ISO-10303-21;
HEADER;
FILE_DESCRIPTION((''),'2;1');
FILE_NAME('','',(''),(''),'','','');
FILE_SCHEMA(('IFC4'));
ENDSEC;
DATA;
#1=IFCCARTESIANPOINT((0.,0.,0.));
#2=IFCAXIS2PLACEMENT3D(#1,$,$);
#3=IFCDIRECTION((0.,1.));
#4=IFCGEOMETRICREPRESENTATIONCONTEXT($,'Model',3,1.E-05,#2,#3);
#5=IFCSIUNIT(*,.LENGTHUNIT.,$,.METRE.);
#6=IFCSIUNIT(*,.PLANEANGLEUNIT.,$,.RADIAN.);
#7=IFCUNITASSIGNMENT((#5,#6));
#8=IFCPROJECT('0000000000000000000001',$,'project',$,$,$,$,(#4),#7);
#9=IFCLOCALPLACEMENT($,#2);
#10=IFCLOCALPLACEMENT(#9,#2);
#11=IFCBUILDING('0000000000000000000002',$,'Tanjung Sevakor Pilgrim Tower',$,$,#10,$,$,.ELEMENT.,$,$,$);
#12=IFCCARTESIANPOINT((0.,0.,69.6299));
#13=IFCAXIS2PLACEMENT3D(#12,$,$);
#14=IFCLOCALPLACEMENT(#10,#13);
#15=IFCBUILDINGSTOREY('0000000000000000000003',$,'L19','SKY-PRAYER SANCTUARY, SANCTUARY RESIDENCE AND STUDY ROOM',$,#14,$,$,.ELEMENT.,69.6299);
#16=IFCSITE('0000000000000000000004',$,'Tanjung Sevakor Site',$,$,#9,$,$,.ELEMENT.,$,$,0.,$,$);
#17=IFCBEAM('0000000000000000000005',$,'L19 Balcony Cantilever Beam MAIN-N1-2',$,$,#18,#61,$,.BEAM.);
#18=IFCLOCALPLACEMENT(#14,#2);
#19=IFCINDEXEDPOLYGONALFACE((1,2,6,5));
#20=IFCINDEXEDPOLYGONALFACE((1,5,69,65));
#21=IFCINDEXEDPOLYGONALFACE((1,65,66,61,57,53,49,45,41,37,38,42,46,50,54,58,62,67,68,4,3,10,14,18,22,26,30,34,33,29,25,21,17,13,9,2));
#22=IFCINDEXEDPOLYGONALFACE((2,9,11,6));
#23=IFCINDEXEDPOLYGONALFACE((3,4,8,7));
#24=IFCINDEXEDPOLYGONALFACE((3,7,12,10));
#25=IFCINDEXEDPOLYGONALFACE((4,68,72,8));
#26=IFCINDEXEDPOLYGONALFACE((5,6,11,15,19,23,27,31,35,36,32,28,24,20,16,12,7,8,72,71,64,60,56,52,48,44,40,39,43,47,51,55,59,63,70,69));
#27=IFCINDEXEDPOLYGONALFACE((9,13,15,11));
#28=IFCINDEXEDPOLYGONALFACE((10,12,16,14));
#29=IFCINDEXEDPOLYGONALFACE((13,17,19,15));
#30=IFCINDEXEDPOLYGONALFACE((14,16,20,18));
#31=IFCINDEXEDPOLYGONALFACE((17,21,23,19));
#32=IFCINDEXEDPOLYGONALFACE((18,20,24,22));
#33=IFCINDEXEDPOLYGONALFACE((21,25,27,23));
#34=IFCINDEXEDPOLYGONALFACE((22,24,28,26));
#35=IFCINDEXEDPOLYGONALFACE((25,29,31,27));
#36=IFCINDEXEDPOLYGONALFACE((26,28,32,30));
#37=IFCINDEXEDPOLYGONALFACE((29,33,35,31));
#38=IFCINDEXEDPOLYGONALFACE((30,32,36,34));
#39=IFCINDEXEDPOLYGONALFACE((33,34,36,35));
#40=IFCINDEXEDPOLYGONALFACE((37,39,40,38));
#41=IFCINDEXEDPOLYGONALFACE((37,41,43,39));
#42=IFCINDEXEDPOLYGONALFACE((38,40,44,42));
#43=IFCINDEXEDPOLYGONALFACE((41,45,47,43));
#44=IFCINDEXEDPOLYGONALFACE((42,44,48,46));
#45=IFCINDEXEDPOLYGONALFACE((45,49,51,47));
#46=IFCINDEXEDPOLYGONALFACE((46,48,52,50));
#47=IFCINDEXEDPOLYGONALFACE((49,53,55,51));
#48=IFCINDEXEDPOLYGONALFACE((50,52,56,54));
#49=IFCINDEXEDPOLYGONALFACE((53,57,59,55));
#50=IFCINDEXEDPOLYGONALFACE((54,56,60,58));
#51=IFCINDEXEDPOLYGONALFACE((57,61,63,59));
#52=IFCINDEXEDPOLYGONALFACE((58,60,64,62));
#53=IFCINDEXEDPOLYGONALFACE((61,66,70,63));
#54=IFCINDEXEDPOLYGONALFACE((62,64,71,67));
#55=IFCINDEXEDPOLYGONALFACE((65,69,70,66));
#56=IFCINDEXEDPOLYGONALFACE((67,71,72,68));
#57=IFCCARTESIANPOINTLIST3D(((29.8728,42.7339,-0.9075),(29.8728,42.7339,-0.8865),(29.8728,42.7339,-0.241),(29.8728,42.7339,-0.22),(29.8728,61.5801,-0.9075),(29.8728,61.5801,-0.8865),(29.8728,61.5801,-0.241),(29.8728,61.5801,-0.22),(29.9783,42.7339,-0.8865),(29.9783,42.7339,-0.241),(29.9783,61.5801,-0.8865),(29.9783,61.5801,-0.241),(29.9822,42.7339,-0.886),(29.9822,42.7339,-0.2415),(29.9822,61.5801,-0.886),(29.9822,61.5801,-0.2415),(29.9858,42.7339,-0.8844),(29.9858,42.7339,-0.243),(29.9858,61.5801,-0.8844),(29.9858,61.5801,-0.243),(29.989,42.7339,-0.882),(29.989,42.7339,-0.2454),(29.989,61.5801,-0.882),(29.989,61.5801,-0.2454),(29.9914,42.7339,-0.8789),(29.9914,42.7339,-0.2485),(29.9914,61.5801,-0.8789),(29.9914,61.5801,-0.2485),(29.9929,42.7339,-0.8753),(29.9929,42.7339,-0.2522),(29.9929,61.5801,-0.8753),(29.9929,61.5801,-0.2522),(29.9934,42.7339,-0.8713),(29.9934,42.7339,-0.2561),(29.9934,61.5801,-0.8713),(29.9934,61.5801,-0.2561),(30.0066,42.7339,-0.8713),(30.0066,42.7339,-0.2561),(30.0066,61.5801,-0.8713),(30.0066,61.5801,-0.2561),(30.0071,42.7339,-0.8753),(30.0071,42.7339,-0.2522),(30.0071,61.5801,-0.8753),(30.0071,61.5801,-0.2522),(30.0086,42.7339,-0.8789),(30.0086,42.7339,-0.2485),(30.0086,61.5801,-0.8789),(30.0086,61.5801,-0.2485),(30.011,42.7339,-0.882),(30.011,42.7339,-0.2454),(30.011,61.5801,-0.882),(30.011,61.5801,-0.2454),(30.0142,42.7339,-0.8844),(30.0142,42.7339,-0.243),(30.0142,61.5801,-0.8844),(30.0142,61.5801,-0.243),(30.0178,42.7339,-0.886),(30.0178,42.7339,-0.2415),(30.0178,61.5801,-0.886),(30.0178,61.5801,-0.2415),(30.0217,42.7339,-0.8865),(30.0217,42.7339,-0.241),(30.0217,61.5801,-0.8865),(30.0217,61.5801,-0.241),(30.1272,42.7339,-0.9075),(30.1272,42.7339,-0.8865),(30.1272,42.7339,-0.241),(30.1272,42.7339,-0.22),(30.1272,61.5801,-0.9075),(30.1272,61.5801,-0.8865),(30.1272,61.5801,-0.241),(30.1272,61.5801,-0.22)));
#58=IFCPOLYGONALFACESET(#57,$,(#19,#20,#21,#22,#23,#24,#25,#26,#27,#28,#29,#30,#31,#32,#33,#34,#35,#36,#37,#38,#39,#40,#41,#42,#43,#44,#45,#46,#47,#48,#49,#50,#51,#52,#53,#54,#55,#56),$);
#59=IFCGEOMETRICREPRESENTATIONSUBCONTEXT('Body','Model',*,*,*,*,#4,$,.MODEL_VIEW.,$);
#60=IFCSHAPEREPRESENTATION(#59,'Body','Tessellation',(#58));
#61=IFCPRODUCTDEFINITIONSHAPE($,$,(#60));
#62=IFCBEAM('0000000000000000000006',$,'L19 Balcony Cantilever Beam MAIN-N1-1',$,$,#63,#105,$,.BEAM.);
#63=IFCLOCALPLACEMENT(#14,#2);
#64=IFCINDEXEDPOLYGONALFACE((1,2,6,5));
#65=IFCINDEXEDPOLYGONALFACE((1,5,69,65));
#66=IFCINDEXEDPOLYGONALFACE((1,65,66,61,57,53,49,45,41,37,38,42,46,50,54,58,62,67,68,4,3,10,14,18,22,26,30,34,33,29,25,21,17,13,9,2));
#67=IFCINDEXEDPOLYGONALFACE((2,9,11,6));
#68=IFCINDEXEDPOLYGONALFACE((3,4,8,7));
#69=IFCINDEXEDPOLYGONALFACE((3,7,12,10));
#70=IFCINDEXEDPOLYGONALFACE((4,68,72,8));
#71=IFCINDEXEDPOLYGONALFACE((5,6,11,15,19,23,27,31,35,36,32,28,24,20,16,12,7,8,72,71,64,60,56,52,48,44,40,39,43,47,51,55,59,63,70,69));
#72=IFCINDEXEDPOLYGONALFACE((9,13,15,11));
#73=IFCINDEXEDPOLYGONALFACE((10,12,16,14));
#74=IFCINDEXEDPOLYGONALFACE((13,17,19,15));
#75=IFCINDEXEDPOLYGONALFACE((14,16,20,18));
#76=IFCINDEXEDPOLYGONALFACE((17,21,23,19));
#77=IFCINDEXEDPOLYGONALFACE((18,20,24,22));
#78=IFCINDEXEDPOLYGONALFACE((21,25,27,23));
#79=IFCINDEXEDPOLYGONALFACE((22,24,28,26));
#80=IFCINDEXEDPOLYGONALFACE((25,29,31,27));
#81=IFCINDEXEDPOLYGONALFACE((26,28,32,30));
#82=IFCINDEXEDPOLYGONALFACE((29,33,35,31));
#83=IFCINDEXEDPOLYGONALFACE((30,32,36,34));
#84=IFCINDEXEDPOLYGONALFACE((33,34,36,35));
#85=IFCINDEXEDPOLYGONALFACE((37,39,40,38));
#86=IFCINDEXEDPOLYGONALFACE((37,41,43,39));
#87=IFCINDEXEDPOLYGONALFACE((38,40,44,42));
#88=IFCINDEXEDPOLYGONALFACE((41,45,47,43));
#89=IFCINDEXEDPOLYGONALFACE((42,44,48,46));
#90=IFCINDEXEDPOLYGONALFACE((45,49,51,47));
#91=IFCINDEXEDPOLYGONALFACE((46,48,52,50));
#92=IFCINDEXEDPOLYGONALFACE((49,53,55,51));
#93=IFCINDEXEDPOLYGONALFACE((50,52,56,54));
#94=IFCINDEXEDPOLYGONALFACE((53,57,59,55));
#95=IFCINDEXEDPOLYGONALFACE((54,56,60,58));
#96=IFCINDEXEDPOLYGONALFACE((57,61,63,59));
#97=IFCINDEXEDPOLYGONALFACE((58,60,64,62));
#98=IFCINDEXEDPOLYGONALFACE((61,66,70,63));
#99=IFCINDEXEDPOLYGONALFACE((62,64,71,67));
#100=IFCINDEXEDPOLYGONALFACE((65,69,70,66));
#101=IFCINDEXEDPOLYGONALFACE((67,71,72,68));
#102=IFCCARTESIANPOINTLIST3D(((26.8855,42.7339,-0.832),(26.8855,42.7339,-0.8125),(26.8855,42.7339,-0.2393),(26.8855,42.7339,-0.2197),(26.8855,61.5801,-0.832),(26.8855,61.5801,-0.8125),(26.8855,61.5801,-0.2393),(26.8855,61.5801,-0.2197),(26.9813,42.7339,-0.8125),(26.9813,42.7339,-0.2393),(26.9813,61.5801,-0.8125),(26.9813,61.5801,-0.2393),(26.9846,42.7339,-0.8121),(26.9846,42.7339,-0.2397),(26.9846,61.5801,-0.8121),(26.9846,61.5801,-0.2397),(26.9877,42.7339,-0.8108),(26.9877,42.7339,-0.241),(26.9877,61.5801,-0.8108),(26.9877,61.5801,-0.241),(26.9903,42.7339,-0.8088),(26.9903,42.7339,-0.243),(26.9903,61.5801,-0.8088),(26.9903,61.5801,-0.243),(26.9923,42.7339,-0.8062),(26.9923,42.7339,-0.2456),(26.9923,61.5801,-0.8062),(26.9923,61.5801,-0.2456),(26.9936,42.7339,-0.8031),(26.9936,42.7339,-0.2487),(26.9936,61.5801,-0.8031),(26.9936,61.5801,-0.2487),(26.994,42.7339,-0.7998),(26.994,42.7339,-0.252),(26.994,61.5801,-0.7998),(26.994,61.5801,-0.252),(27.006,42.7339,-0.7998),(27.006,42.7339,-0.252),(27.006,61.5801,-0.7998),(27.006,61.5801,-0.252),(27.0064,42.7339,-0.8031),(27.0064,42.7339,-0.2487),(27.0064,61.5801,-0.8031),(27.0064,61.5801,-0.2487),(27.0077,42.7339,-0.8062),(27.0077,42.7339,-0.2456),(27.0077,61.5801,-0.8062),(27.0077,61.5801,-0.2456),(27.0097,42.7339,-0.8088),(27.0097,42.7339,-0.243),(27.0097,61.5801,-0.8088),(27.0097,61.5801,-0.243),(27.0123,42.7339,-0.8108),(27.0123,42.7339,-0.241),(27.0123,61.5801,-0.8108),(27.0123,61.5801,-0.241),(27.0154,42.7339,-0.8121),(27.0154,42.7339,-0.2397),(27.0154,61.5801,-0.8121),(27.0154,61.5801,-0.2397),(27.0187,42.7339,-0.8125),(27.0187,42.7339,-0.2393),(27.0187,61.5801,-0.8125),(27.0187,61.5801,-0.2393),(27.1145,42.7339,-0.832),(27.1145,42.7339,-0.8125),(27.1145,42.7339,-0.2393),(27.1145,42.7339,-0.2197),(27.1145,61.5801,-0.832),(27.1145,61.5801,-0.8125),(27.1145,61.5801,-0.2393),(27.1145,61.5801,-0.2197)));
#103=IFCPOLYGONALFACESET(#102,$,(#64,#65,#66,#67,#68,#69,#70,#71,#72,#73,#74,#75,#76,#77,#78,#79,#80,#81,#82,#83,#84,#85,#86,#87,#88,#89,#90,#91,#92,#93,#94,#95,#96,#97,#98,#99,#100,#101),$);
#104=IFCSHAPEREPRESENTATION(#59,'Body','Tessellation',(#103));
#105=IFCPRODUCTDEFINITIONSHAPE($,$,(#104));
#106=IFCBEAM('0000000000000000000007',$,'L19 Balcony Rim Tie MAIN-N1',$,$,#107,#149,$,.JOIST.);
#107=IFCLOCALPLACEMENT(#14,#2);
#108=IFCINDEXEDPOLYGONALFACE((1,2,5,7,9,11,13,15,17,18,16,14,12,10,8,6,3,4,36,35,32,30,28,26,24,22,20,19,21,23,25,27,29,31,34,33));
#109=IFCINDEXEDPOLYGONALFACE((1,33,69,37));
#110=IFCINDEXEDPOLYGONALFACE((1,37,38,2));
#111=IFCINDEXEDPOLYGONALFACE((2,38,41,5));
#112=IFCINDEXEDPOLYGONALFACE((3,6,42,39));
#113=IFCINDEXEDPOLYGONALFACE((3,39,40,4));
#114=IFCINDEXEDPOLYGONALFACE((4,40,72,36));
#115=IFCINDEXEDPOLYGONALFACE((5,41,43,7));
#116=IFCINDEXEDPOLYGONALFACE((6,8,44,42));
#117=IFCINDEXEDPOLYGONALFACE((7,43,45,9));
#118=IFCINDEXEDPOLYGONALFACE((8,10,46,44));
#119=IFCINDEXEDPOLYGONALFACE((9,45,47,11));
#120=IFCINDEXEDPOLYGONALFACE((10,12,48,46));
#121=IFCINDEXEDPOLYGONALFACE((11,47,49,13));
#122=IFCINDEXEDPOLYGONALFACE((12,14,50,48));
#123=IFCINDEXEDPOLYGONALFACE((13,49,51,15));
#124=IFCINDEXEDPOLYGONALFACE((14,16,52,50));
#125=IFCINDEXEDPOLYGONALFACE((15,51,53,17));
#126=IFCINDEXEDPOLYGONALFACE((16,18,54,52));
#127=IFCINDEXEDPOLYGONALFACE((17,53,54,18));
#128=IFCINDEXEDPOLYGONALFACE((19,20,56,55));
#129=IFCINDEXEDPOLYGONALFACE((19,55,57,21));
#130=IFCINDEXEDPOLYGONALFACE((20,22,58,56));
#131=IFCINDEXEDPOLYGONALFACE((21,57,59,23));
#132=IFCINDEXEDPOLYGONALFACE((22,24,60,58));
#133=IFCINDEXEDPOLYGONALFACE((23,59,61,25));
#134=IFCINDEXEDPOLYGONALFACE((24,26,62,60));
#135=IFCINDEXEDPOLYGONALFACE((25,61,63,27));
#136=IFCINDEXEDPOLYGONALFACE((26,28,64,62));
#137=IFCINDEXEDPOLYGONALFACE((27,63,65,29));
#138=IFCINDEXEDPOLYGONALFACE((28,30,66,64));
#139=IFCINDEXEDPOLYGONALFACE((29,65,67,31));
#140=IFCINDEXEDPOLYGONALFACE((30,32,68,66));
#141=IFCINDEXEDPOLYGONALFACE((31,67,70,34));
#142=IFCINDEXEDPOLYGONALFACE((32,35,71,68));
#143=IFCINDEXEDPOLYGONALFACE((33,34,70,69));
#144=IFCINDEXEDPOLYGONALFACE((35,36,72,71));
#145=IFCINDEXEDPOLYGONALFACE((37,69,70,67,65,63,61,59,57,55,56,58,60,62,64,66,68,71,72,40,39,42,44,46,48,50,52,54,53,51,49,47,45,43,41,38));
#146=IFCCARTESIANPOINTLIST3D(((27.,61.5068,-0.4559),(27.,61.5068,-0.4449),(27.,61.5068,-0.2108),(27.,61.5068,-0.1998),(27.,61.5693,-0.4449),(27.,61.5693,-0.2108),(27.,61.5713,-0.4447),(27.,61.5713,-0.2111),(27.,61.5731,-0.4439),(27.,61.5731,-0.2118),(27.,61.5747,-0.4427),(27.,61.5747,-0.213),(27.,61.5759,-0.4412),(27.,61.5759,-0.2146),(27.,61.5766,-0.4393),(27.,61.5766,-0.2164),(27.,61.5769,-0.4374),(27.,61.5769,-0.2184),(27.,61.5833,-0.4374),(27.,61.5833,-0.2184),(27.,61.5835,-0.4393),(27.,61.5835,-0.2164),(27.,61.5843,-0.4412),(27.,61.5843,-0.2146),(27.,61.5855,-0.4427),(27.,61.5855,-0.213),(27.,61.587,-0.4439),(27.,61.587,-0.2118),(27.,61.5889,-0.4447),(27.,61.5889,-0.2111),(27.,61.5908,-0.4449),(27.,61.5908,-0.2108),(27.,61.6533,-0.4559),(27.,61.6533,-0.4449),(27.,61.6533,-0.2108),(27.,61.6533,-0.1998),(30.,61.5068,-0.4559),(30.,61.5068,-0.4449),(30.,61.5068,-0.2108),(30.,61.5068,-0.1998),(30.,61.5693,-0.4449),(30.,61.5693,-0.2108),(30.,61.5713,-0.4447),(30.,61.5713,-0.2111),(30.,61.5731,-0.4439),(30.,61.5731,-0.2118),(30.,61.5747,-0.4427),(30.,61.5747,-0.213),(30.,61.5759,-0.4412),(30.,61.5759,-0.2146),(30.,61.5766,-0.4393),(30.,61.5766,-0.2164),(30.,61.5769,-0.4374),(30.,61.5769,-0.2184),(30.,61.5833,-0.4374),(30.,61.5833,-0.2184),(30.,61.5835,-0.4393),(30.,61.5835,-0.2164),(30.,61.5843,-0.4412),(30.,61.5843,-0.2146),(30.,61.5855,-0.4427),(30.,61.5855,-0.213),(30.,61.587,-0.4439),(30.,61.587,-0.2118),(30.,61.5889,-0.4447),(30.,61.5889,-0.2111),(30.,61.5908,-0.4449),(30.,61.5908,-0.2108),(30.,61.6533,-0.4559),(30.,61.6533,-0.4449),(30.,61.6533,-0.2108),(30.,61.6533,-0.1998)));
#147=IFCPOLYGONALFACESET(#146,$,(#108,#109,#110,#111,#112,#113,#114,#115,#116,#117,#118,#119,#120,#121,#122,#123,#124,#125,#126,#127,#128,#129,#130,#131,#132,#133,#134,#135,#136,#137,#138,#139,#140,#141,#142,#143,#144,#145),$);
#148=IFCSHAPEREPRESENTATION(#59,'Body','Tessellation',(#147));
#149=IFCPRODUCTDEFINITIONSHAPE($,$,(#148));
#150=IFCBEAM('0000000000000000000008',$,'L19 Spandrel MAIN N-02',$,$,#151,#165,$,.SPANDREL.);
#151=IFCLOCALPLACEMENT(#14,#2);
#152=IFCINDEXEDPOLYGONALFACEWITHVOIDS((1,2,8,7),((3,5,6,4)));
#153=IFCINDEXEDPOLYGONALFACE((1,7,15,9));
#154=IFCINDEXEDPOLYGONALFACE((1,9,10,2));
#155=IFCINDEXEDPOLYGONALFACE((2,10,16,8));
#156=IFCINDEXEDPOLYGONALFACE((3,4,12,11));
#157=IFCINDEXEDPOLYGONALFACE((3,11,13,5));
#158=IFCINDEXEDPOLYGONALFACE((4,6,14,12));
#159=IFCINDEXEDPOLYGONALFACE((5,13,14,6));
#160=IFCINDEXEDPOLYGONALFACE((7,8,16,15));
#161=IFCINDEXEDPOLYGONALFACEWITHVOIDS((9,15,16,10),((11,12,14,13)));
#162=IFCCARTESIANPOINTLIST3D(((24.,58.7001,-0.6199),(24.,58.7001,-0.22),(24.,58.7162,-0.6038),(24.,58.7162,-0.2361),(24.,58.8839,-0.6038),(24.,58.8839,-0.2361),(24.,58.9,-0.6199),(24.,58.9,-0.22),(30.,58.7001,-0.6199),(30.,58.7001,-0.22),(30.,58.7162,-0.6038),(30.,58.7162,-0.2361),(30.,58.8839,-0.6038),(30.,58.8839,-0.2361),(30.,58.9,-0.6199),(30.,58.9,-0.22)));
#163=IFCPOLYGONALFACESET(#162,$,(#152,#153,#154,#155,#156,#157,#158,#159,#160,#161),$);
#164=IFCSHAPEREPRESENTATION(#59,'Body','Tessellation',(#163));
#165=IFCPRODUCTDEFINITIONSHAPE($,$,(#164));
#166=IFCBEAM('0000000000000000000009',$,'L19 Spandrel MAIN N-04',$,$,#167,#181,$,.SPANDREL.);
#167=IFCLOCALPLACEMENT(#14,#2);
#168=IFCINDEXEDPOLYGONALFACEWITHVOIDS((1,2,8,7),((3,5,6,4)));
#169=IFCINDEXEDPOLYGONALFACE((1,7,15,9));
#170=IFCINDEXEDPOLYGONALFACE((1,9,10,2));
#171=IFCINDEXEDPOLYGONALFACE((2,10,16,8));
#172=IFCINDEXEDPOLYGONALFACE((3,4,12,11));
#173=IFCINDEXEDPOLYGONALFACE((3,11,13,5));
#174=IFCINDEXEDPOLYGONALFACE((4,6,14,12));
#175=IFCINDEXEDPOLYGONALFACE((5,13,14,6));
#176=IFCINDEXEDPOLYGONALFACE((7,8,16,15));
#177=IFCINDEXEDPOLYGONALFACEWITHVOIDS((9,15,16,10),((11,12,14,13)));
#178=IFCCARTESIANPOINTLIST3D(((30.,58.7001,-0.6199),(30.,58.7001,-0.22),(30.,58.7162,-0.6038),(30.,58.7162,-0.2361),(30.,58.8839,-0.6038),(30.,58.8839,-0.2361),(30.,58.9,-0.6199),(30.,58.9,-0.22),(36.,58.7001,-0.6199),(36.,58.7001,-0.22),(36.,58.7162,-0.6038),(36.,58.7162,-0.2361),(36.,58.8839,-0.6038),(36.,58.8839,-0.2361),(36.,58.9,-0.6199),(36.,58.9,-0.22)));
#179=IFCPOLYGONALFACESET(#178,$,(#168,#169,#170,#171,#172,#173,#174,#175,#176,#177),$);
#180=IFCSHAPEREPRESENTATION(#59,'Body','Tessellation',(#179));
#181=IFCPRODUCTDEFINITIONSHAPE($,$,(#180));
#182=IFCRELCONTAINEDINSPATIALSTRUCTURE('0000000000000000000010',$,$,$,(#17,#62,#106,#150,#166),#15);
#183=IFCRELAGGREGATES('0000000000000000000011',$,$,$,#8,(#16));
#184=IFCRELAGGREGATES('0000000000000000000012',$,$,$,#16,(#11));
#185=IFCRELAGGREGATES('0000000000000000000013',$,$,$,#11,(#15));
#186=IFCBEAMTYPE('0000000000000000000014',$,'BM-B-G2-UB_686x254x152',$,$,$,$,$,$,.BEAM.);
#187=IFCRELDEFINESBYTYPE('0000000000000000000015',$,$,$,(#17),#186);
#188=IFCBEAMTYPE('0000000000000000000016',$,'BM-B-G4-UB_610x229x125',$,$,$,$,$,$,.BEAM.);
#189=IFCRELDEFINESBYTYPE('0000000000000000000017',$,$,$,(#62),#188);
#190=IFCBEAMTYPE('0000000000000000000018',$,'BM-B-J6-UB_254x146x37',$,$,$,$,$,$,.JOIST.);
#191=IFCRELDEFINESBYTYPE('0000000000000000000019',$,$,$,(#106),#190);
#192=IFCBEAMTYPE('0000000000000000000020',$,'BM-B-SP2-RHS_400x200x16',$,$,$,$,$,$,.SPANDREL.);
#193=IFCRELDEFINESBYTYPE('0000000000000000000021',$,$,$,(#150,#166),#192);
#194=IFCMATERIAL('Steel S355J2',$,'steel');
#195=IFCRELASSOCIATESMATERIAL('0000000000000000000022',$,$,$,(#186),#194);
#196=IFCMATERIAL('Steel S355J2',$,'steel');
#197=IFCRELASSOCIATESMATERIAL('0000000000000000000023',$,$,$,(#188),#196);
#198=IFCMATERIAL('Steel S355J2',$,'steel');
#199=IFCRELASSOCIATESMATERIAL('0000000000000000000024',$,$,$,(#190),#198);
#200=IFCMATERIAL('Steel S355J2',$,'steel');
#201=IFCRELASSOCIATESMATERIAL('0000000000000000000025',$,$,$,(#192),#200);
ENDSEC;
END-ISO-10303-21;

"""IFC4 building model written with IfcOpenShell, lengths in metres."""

from ifc_helpers import new_model, si_unit, direction, frame, origin, origin_2d, place, context, subcontext, project, spatial, hollow_rectangle, i_section, extrude, material, material_profile, profile_set, type_object, element, save


model = new_model("IFC4")

# Units and contexts
model_context = context("Model", 3, precision=1e-05, world=origin(), true_north=direction((0.0, 1.0)))
body_context = subcontext(model_context, "Body", "Model", "MODEL_VIEW")
ifc_project = project(units=[si_unit("LENGTHUNIT", "METRE"), si_unit("PLANEANGLEUNIT", "RADIAN")], contexts=[model_context])

# Site, building, storey
site_placement = place(None, origin())
site = spatial("IfcSite", under=ifc_project, at=site_placement, Name="Tanjung Sevakor Site", CompositionType="ELEMENT", RefElevation=0.0)
building_placement = place(site_placement, origin())
building = spatial("IfcBuilding", under=site, at=building_placement, Name="Tanjung Sevakor Pilgrim Tower", CompositionType="ELEMENT")
storey_placement = place(building_placement, frame((0.0, 0.0, 69.6299)))
storey = spatial("IfcBuildingStorey", under=building, at=storey_placement, Name="L19", Description="SKY-PRAYER SANCTUARY, SANCTUARY RESIDENCE AND STUDY ROOM", CompositionType="ELEMENT", Elevation=69.6299)

# Beams
ifc_material_1 = material(Name="Steel S355J2", Category="steel")
ifc_material_profile_1 = material_profile(ifc_material_1, i_section(OverallWidth=0.2544, OverallDepth=0.6875, WebThickness=0.0132, FlangeThickness=0.021, FilletRadius=0.0151, at=origin_2d()))
ifc_profile_set_1 = profile_set([ifc_material_profile_1], Name="Steel S355J2")
beam_type_1 = type_object("IfcBeamType", Name="BM-B-G2-UB_686x254x152", PredefinedType="BEAM", material=ifc_profile_set_1)
beam_1_placement = place(storey_placement, frame((30.0, 42.7339, -0.5637), z_axis=(0.0, 1.0, 0.0), x_axis=(-1.0, 0.0, 0.0)))
element("IfcBeam", 1, at=beam_1_placement, inside=storey, type_object=beam_type_1, Name="L19 Balcony Cantilever Beam MAIN-N1-2", PredefinedType="BEAM", context=body_context, shape_type="SweptSolid", body=[
    extrude(i_section(OverallWidth=0.2544, OverallDepth=0.6875, WebThickness=0.0132, FlangeThickness=0.021, FilletRadius=0.0151, at=origin_2d()), origin(), (0.0, 0.0, 1.0), 18.8462),
])
ifc_material_2 = material(Name="Steel S355J2", Category="steel")
ifc_material_profile_2 = material_profile(ifc_material_2, i_section(OverallWidth=0.229, OverallDepth=0.6123, WebThickness=0.012, FlangeThickness=0.0195, FilletRadius=0.0127, at=origin_2d()))
ifc_profile_set_2 = profile_set([ifc_material_profile_2], Name="Steel S355J2")
beam_type_2 = type_object("IfcBeamType", Name="BM-B-G4-UB_610x229x125", PredefinedType="BEAM", material=ifc_profile_set_2)
beam_2_placement = place(storey_placement, frame((27.0, 42.7339, -0.5259), z_axis=(0.0, 1.0, 0.0), x_axis=(-1.0, 0.0, 0.0)))
element("IfcBeam", 2, at=beam_2_placement, inside=storey, type_object=beam_type_2, Name="L19 Balcony Cantilever Beam MAIN-N1-1", PredefinedType="BEAM", context=body_context, shape_type="SweptSolid", body=[
    extrude(i_section(OverallWidth=0.229, OverallDepth=0.6123, WebThickness=0.012, FlangeThickness=0.0195, FilletRadius=0.0127, at=origin_2d()), origin(), (0.0, 0.0, 1.0), 18.8462),
])
ifc_material_3 = material(Name="Steel S355J2", Category="steel")
ifc_material_profile_3 = material_profile(ifc_material_3, i_section(OverallWidth=0.1465, OverallDepth=0.2561, WebThickness=0.0063, FlangeThickness=0.011, FilletRadius=0.0076, at=origin_2d()))
ifc_profile_set_3 = profile_set([ifc_material_profile_3], Name="Steel S355J2")
beam_type_3 = type_object("IfcBeamType", Name="BM-B-J6-UB_254x146x37", PredefinedType="JOIST", material=ifc_profile_set_3)
beam_3_placement = place(storey_placement, frame((27.0, 61.5801, -0.3279), z_axis=(1.0, 0.0, 0.0), x_axis=(0.0, 1.0, 0.0)))
element("IfcBeam", 3, at=beam_3_placement, inside=storey, type_object=beam_type_3, Name="L19 Balcony Rim Tie MAIN-N1", PredefinedType="JOIST", context=body_context, shape_type="SweptSolid", body=[
    extrude(i_section(OverallWidth=0.1465, OverallDepth=0.2561, WebThickness=0.0063, FlangeThickness=0.011, FilletRadius=0.0076, at=origin_2d()), origin(), (0.0, 0.0, 1.0), 3.0),
])
ifc_material_4 = material(Name="Steel S355J2", Category="steel")
ifc_material_profile_4 = material_profile(ifc_material_4, hollow_rectangle(XDim=0.2, YDim=0.3999, WallThickness=0.0161, at=origin_2d()))
ifc_profile_set_4 = profile_set([ifc_material_profile_4], Name="Steel S355J2")
beam_type_4 = type_object("IfcBeamType", Name="BM-B-SP2-RHS_400x200x16", PredefinedType="SPANDREL", material=ifc_profile_set_4)
for number, where, z_axis, x_axis, name in (
    (4, (24.0, 58.8, -0.4199), (1.0, 0.0, 0.0), (0.0, 1.0, 0.0), "L19 Spandrel MAIN N-02"),
    (5, (30.0, 58.8, -0.4199), (1.0, 0.0, 0.0), (0.0, 1.0, 0.0), "L19 Spandrel MAIN N-04"),
):
    element("IfcBeam", number, at=place(storey_placement, frame(where, z_axis=z_axis, x_axis=x_axis)), inside=storey, type_object=beam_type_4, Name=name, PredefinedType="SPANDREL", context=body_context, shape_type="SweptSolid", body=[
        extrude(hollow_rectangle(XDim=0.2, YDim=0.3999, WallThickness=0.0161, at=origin_2d()), origin(), (0.0, 0.0, 1.0), 6.0),
    ])

save(model, "model.ifc")
